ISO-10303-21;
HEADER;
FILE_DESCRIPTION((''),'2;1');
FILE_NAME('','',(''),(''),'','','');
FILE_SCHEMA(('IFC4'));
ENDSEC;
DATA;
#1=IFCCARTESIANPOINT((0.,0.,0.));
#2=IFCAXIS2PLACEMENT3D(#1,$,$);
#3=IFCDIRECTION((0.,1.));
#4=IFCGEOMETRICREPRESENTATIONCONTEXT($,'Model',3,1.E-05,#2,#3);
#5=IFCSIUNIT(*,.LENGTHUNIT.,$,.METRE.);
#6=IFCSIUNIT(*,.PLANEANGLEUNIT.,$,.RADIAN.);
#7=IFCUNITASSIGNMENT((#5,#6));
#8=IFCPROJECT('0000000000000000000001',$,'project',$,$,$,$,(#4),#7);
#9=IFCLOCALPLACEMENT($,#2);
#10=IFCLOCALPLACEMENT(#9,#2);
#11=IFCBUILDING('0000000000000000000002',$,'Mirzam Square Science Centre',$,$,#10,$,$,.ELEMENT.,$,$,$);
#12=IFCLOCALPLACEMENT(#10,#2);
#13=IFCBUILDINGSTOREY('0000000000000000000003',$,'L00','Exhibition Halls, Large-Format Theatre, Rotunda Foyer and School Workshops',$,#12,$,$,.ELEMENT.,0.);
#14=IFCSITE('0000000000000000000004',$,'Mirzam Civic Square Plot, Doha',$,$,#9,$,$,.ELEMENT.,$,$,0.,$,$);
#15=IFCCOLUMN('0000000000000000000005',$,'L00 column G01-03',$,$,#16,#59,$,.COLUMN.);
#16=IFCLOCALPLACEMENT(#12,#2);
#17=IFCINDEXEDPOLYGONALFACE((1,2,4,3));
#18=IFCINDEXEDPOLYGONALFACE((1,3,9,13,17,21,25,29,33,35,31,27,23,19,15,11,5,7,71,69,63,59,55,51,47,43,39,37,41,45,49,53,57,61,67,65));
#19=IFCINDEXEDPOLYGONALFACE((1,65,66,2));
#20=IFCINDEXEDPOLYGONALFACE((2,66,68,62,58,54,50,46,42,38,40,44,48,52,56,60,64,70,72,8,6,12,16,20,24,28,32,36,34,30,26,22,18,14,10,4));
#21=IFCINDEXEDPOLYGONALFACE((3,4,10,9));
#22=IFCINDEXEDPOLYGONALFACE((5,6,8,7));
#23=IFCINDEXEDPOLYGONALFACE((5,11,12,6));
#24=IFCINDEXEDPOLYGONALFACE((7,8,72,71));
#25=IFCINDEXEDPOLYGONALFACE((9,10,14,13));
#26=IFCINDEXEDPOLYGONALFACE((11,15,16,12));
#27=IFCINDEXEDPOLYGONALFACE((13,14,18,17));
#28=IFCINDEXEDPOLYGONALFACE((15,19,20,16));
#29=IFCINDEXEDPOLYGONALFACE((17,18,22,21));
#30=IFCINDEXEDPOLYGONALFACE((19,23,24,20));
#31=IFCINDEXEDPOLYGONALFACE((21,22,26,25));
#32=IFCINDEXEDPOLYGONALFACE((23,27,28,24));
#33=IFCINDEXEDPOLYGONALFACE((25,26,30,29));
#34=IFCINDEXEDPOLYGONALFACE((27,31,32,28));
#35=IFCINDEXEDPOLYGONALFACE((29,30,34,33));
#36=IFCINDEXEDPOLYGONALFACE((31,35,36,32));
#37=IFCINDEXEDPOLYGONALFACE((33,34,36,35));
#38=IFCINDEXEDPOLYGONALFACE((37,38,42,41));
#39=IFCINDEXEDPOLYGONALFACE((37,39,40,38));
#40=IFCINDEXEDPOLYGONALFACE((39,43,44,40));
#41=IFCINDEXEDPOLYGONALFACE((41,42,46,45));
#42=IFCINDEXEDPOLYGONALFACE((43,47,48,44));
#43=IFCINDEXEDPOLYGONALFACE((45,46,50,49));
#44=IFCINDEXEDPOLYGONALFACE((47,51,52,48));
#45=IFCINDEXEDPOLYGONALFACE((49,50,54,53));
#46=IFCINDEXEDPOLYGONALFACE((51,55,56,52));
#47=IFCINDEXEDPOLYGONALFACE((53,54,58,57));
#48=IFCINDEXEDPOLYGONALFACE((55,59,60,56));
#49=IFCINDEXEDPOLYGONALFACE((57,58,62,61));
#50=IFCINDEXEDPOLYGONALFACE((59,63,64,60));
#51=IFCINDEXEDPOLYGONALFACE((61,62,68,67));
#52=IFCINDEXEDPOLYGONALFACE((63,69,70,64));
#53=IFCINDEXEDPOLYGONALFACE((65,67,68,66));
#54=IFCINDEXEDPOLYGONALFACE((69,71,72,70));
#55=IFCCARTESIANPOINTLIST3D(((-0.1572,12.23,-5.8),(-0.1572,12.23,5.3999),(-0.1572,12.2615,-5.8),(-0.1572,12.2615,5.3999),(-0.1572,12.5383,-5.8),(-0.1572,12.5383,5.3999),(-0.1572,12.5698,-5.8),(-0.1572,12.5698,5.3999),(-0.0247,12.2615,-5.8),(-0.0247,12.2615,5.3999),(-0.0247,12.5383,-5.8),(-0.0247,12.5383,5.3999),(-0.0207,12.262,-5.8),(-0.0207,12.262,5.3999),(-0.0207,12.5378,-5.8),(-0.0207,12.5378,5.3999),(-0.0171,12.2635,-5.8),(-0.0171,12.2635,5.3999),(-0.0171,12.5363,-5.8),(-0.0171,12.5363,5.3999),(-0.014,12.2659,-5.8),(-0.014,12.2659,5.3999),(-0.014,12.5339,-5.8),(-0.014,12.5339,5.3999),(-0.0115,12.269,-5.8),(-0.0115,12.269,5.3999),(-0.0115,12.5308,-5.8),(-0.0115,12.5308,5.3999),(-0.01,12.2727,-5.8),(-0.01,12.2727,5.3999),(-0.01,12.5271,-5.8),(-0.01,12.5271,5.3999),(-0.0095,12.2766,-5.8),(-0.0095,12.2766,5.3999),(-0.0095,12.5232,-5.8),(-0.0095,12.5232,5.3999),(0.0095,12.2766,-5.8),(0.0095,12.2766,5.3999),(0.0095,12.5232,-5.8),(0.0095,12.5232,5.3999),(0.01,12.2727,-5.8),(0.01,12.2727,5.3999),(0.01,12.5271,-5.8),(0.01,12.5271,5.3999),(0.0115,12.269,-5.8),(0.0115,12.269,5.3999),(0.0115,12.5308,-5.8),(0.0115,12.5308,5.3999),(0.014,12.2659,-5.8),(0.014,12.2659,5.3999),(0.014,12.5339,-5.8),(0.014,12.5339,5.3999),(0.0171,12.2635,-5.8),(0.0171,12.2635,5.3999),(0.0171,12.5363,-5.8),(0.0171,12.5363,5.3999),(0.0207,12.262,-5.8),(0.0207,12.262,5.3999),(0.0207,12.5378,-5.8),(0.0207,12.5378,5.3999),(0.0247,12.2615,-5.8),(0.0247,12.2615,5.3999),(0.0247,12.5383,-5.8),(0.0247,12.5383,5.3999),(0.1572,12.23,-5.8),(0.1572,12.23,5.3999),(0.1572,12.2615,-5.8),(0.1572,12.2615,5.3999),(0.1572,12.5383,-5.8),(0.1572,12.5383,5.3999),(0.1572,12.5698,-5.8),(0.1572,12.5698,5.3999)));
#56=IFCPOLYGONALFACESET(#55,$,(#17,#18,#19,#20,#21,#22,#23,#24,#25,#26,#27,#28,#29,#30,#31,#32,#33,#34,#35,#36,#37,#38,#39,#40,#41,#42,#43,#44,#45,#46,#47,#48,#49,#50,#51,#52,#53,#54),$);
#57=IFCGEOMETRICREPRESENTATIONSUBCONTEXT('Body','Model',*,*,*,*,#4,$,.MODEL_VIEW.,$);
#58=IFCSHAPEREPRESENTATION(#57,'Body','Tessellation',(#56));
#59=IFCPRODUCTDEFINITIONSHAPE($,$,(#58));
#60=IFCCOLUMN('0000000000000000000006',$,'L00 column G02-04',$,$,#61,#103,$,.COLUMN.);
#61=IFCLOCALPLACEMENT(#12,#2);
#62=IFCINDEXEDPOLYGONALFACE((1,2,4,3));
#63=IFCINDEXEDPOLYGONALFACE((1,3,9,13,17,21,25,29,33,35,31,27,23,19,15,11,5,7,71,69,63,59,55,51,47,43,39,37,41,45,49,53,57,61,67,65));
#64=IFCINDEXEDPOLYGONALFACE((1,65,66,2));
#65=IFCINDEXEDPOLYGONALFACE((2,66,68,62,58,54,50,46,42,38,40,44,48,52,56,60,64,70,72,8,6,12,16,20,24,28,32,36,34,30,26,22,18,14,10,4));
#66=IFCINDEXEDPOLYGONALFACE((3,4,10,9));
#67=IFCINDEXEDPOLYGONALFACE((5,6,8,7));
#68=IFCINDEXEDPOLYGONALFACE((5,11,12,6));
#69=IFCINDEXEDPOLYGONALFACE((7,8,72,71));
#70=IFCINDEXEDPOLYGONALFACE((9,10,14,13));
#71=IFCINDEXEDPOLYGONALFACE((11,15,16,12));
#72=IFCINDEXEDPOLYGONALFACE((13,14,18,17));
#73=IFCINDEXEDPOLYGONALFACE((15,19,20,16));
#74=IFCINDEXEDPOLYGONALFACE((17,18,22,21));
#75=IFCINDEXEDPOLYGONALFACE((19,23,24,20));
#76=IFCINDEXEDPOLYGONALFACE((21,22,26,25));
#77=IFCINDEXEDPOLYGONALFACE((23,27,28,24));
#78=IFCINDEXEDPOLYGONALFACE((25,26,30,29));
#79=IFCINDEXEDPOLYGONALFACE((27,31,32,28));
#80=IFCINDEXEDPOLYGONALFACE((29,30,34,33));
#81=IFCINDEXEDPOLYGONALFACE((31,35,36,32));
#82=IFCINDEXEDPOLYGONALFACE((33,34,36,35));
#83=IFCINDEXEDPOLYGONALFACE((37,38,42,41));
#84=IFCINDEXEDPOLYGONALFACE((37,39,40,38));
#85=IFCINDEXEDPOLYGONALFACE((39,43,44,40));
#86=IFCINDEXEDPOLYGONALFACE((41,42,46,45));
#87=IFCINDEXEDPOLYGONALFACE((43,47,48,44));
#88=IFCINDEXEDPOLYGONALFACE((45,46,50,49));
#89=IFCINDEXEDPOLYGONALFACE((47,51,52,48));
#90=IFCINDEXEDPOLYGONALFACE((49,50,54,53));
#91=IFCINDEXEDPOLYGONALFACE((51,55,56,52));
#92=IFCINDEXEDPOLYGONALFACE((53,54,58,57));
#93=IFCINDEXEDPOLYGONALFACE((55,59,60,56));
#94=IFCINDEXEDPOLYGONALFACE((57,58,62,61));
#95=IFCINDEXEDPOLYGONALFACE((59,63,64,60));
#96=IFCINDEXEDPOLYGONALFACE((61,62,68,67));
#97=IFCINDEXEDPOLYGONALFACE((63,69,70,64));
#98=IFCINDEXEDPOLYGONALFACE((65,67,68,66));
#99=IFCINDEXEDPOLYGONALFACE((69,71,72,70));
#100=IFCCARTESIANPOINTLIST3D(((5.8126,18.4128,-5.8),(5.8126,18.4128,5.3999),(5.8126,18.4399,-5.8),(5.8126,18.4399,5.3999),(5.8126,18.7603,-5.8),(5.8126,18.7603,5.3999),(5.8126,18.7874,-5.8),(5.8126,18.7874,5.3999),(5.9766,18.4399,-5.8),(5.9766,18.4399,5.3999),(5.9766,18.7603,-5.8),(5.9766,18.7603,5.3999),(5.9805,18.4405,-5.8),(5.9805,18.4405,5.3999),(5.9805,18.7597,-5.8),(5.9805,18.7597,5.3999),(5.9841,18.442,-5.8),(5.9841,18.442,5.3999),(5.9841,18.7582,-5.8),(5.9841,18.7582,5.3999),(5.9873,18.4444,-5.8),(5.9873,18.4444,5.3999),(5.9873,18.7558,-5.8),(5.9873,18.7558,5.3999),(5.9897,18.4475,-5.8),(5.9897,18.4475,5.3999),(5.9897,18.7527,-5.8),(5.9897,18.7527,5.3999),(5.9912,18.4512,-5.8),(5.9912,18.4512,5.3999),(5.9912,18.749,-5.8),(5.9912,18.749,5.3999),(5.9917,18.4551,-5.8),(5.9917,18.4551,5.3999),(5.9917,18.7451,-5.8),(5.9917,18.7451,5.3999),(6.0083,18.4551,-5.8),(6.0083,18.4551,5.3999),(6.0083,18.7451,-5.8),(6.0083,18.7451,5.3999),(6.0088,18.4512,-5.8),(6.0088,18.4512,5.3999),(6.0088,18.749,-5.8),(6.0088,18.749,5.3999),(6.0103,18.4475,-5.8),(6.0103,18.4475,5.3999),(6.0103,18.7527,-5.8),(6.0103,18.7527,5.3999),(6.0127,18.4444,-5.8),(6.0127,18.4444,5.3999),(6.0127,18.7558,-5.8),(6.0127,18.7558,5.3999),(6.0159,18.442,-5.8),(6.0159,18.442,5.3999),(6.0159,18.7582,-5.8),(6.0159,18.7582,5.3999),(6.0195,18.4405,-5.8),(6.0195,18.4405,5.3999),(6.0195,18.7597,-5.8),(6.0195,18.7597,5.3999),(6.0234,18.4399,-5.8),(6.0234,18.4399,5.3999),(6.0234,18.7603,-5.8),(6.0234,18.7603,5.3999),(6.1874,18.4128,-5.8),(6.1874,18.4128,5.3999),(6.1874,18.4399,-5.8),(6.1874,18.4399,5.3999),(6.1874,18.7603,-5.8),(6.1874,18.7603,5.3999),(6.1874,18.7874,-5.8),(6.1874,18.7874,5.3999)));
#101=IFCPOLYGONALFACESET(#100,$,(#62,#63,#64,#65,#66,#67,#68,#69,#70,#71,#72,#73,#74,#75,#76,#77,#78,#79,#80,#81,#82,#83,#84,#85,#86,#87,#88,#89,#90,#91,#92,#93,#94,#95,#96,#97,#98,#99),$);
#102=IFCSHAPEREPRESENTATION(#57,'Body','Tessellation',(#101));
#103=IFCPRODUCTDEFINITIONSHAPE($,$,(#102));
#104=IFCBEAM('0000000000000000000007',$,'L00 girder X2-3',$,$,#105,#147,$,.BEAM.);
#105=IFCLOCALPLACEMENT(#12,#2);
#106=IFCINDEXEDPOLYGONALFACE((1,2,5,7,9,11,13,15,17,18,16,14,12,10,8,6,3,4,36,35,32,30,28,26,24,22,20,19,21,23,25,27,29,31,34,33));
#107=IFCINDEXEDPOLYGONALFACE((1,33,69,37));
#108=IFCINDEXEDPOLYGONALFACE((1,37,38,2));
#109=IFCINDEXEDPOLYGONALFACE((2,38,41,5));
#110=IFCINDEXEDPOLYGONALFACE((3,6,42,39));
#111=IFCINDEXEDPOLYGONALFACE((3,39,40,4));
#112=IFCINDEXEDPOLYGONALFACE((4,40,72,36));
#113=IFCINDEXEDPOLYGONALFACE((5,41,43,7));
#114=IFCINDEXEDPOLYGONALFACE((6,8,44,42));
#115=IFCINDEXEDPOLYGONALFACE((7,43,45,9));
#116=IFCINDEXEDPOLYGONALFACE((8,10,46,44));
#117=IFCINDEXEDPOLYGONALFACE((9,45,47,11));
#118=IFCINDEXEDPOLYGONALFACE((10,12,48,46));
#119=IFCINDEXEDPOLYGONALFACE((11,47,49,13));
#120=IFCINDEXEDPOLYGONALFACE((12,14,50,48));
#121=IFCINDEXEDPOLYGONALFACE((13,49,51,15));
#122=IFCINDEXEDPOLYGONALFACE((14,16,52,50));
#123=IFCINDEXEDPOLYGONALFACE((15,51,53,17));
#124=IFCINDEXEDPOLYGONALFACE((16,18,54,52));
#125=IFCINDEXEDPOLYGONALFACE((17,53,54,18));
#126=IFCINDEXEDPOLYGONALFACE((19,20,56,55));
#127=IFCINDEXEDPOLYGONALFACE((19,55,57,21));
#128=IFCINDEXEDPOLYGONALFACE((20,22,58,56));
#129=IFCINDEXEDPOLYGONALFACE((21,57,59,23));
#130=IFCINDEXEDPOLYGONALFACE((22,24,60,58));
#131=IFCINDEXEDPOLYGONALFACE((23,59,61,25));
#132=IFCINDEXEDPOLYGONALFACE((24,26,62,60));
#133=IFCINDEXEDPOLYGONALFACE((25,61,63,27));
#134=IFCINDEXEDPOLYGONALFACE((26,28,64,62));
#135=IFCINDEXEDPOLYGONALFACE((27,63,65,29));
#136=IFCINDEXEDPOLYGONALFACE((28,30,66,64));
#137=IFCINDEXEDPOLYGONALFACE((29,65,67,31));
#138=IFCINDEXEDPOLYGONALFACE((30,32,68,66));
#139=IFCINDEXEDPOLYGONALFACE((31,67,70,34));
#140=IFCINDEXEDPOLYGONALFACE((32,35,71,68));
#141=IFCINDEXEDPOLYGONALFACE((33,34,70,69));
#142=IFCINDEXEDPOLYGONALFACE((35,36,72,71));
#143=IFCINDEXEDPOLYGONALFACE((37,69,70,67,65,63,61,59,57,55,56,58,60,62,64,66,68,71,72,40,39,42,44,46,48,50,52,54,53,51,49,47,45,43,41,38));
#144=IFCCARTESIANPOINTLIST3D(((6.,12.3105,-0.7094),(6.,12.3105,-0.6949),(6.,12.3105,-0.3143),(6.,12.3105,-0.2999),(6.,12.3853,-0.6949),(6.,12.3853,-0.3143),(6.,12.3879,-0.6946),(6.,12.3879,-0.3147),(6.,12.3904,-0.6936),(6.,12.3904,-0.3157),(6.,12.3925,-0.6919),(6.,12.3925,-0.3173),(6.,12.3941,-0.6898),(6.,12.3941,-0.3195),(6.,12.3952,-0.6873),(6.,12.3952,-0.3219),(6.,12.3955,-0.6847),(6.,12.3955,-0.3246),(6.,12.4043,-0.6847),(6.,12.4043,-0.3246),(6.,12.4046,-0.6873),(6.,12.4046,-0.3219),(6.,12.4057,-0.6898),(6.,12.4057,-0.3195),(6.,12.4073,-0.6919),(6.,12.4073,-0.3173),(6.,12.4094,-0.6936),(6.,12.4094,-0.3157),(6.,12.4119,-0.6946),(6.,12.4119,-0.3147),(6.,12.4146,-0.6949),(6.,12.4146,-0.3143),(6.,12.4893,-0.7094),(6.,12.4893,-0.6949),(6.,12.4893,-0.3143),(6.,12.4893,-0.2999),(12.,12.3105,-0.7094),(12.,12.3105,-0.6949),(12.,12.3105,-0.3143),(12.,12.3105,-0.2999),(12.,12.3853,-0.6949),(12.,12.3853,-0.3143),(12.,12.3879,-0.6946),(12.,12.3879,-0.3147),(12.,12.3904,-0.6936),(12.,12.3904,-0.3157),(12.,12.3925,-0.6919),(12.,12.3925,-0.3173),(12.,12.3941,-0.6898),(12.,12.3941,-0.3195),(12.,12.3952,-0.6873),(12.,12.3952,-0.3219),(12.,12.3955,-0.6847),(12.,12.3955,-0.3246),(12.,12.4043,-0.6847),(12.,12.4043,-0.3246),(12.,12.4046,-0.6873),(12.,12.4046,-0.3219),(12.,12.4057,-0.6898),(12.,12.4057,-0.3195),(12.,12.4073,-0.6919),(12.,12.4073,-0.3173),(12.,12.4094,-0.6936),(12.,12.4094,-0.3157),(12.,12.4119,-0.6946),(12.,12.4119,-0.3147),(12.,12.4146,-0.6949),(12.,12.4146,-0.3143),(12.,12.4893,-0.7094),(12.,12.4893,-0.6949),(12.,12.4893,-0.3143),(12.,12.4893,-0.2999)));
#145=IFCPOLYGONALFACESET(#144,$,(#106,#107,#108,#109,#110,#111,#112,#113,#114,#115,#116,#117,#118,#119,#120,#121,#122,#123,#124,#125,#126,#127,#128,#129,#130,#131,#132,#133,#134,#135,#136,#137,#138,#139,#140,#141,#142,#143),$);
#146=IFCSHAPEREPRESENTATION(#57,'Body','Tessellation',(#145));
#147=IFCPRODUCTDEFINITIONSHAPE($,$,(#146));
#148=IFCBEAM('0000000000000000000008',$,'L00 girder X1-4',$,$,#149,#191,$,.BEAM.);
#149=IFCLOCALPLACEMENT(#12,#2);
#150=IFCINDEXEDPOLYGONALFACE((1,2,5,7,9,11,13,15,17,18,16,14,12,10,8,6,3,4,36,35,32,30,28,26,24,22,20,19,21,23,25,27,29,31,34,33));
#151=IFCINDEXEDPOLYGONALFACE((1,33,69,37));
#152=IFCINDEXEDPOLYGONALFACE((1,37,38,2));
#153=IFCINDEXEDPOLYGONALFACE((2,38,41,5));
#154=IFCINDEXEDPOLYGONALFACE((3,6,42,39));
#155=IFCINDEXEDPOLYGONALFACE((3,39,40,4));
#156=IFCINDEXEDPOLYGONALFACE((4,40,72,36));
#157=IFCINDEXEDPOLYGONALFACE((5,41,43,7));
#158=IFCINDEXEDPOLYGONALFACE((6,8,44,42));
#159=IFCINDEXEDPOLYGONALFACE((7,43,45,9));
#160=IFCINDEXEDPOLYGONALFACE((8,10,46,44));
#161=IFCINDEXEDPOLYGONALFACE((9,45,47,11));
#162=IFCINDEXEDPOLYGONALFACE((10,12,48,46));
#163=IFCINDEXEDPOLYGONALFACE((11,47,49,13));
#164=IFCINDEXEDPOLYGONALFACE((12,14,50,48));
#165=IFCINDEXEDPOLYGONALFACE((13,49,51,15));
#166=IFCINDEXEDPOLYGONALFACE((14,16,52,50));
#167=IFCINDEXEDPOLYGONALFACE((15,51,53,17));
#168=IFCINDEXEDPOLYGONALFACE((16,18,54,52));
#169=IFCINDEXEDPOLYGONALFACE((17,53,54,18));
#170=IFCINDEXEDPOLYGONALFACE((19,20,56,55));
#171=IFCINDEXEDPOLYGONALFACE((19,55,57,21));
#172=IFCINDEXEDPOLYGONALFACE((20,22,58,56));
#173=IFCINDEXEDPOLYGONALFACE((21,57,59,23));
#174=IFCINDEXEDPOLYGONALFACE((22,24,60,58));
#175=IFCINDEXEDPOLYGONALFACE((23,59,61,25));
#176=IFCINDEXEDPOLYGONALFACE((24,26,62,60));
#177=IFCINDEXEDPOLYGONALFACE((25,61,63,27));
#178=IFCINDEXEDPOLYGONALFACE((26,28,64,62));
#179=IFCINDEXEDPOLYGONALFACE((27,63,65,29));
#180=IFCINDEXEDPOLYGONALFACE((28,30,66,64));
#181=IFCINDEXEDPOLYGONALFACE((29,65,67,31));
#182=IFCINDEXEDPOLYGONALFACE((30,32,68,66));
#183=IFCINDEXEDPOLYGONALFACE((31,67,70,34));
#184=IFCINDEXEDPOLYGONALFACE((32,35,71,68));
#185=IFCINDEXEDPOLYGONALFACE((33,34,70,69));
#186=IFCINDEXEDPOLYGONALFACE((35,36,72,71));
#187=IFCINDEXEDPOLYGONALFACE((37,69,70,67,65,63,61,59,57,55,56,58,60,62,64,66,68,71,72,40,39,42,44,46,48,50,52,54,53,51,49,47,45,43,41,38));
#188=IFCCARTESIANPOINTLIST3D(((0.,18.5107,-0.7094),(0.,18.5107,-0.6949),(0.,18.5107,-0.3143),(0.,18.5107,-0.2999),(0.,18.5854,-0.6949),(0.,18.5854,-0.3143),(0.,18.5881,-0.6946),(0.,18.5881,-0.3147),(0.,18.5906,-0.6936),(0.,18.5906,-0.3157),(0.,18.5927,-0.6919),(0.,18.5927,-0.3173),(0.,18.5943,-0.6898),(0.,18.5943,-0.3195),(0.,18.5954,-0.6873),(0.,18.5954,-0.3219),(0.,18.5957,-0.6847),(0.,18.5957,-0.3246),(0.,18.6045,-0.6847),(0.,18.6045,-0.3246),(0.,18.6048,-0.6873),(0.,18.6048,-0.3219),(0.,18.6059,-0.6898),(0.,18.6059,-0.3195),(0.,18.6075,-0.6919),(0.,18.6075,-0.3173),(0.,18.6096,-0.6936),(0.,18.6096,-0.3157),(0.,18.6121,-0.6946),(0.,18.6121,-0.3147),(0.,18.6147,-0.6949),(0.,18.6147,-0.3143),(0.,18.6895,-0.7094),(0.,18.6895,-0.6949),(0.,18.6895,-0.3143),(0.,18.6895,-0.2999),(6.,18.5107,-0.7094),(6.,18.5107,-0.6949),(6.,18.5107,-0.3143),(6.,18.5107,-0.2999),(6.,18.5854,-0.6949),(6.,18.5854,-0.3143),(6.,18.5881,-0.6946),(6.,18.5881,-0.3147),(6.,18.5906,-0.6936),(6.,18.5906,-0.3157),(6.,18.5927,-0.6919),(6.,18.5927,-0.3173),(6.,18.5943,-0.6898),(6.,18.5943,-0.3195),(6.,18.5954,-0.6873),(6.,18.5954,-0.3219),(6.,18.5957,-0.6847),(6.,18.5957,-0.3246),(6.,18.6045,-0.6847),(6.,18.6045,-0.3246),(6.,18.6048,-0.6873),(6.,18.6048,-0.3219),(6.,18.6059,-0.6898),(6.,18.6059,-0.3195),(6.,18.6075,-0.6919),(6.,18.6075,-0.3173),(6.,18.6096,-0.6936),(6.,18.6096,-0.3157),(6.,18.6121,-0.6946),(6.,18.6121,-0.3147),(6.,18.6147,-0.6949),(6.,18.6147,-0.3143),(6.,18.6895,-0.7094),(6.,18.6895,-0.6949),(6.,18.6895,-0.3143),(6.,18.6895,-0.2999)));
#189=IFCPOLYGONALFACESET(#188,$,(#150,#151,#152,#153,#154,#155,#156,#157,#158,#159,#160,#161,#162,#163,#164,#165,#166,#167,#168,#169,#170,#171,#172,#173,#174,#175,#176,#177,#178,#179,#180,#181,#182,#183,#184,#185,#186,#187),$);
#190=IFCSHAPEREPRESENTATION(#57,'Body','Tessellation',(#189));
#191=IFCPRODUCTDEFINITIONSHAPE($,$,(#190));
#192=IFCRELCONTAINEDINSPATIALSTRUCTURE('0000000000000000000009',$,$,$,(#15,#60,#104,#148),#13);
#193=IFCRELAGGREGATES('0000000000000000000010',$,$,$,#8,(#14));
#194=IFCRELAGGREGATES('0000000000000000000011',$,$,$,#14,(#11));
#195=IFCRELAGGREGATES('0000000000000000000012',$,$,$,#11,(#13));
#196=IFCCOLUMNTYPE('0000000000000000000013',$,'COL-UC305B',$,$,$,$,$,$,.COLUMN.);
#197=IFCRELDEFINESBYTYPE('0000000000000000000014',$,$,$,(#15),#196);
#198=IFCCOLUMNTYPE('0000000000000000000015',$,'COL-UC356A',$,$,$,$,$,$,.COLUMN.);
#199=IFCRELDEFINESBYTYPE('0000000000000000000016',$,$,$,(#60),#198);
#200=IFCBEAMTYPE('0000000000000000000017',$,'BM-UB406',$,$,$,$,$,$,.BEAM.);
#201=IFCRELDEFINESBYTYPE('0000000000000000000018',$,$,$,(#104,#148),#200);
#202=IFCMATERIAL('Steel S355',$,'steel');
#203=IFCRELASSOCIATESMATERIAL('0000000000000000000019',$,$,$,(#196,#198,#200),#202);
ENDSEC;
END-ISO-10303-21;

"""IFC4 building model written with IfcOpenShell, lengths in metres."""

from ifc_helpers import new_model, si_unit, direction, frame, origin, origin_2d, place, context, subcontext, project, spatial, i_section, extrude, material, material_profile, profile_set, type_object, element, save


model = new_model("IFC4")

# Units and contexts
model_context = context("Model", 3, precision=1e-05, world=origin(), true_north=direction((0.0, 1.0)))
body_context = subcontext(model_context, "Body", "Model", "MODEL_VIEW")
ifc_project = project(units=[si_unit("LENGTHUNIT", "METRE"), si_unit("PLANEANGLEUNIT", "RADIAN")], contexts=[model_context])

# Site, building, storey
site_placement = place(None, origin())
site = spatial("IfcSite", under=ifc_project, at=site_placement, Name="Mirzam Civic Square Plot, Doha", CompositionType="ELEMENT", RefElevation=0.0)
building_placement = place(site_placement, origin())
building = spatial("IfcBuilding", under=site, at=building_placement, Name="Mirzam Square Science Centre", CompositionType="ELEMENT")
storey_placement = place(building_placement, origin())
storey = spatial("IfcBuildingStorey", under=building, at=storey_placement, Name="L00", Description="Exhibition Halls, Large-Format Theatre, Rotunda Foyer and School Workshops", CompositionType="ELEMENT", Elevation=0.0)

# Columns
ifc_material_1 = material(Name="Steel S355", Category="steel")
ifc_material_profile_1 = material_profile(ifc_material_1, i_section(OverallWidth=0.3145, OverallDepth=0.3398, WebThickness=0.019, FlangeThickness=0.0315, FilletRadius=0.0151, at=origin_2d()), Name="305x305x198UC")
ifc_profile_set_1 = profile_set([ifc_material_profile_1], Name="Steel S355")
column_type_1 = type_object("IfcColumnType", Name="COL-UC305B", PredefinedType="COLUMN", material=ifc_profile_set_1)
column_1_placement = place(storey_placement, frame((0.0, 12.3999, -5.8), z_axis=(0.0, 0.0, 1.0), x_axis=(1.0, 0.0, 0.0)))
element("IfcColumn", 1, at=column_1_placement, inside=storey, type_object=column_type_1, Name="L00 column G01-03", PredefinedType="COLUMN", context=body_context, shape_type="SweptSolid", body=[
    extrude(i_section(OverallWidth=0.3145, OverallDepth=0.3398, WebThickness=0.019, FlangeThickness=0.0315, FilletRadius=0.0151, at=origin_2d()), origin(), (0.0, 0.0, 1.0), 11.2),
])
ifc_material_profile_2 = material_profile(ifc_material_1, i_section(OverallWidth=0.3748, OverallDepth=0.3745, WebThickness=0.0166, FlangeThickness=0.0271, FilletRadius=0.0151, at=origin_2d()), Name="356x368x202UC")
ifc_profile_set_2 = profile_set([ifc_material_profile_2], Name="Steel S355")
column_type_2 = type_object("IfcColumnType", Name="COL-UC356A", PredefinedType="COLUMN", material=ifc_profile_set_2)
column_2_placement = place(storey_placement, frame((6.0, 18.6001, -5.8), z_axis=(0.0, 0.0, 1.0), x_axis=(1.0, 0.0, 0.0)))
element("IfcColumn", 2, at=column_2_placement, inside=storey, type_object=column_type_2, Name="L00 column G02-04", PredefinedType="COLUMN", context=body_context, shape_type="SweptSolid", body=[
    extrude(i_section(OverallWidth=0.3748, OverallDepth=0.3745, WebThickness=0.0166, FlangeThickness=0.0271, FilletRadius=0.0151, at=origin_2d()), origin(), (0.0, 0.0, 1.0), 11.2),
])

# Beams
ifc_material_profile_3 = material_profile(ifc_material_1, i_section(OverallWidth=0.1787, OverallDepth=0.4094, WebThickness=0.0088, FlangeThickness=0.0144, FilletRadius=0.0103, at=origin_2d()), Name="406x178x67UB")
ifc_profile_set_3 = profile_set([ifc_material_profile_3], Name="Steel S355")
beam_type_1 = type_object("IfcBeamType", Name="BM-UB406", PredefinedType="BEAM", material=ifc_profile_set_3)
for number, where, z_axis, x_axis, name in (
    (3, (6.0, 12.3999, -0.5046), (1.0, 0.0, 0.0), (0.0, 1.0, 0.0), "L00 girder X2-3"),
    (4, (0.0, 18.6001, -0.5046), (1.0, 0.0, 0.0), (0.0, 1.0, 0.0), "L00 girder X1-4"),
):
    element("IfcBeam", number, at=place(storey_placement, frame(where, z_axis=z_axis, x_axis=x_axis)), inside=storey, type_object=beam_type_1, Name=name, PredefinedType="BEAM", context=body_context, shape_type="SweptSolid", body=[
        extrude(i_section(OverallWidth=0.1787, OverallDepth=0.4094, WebThickness=0.0088, FlangeThickness=0.0144, FilletRadius=0.0103, at=origin_2d()), origin(), (0.0, 0.0, 1.0), 6.0),
    ])

save(model, "model.ifc")
